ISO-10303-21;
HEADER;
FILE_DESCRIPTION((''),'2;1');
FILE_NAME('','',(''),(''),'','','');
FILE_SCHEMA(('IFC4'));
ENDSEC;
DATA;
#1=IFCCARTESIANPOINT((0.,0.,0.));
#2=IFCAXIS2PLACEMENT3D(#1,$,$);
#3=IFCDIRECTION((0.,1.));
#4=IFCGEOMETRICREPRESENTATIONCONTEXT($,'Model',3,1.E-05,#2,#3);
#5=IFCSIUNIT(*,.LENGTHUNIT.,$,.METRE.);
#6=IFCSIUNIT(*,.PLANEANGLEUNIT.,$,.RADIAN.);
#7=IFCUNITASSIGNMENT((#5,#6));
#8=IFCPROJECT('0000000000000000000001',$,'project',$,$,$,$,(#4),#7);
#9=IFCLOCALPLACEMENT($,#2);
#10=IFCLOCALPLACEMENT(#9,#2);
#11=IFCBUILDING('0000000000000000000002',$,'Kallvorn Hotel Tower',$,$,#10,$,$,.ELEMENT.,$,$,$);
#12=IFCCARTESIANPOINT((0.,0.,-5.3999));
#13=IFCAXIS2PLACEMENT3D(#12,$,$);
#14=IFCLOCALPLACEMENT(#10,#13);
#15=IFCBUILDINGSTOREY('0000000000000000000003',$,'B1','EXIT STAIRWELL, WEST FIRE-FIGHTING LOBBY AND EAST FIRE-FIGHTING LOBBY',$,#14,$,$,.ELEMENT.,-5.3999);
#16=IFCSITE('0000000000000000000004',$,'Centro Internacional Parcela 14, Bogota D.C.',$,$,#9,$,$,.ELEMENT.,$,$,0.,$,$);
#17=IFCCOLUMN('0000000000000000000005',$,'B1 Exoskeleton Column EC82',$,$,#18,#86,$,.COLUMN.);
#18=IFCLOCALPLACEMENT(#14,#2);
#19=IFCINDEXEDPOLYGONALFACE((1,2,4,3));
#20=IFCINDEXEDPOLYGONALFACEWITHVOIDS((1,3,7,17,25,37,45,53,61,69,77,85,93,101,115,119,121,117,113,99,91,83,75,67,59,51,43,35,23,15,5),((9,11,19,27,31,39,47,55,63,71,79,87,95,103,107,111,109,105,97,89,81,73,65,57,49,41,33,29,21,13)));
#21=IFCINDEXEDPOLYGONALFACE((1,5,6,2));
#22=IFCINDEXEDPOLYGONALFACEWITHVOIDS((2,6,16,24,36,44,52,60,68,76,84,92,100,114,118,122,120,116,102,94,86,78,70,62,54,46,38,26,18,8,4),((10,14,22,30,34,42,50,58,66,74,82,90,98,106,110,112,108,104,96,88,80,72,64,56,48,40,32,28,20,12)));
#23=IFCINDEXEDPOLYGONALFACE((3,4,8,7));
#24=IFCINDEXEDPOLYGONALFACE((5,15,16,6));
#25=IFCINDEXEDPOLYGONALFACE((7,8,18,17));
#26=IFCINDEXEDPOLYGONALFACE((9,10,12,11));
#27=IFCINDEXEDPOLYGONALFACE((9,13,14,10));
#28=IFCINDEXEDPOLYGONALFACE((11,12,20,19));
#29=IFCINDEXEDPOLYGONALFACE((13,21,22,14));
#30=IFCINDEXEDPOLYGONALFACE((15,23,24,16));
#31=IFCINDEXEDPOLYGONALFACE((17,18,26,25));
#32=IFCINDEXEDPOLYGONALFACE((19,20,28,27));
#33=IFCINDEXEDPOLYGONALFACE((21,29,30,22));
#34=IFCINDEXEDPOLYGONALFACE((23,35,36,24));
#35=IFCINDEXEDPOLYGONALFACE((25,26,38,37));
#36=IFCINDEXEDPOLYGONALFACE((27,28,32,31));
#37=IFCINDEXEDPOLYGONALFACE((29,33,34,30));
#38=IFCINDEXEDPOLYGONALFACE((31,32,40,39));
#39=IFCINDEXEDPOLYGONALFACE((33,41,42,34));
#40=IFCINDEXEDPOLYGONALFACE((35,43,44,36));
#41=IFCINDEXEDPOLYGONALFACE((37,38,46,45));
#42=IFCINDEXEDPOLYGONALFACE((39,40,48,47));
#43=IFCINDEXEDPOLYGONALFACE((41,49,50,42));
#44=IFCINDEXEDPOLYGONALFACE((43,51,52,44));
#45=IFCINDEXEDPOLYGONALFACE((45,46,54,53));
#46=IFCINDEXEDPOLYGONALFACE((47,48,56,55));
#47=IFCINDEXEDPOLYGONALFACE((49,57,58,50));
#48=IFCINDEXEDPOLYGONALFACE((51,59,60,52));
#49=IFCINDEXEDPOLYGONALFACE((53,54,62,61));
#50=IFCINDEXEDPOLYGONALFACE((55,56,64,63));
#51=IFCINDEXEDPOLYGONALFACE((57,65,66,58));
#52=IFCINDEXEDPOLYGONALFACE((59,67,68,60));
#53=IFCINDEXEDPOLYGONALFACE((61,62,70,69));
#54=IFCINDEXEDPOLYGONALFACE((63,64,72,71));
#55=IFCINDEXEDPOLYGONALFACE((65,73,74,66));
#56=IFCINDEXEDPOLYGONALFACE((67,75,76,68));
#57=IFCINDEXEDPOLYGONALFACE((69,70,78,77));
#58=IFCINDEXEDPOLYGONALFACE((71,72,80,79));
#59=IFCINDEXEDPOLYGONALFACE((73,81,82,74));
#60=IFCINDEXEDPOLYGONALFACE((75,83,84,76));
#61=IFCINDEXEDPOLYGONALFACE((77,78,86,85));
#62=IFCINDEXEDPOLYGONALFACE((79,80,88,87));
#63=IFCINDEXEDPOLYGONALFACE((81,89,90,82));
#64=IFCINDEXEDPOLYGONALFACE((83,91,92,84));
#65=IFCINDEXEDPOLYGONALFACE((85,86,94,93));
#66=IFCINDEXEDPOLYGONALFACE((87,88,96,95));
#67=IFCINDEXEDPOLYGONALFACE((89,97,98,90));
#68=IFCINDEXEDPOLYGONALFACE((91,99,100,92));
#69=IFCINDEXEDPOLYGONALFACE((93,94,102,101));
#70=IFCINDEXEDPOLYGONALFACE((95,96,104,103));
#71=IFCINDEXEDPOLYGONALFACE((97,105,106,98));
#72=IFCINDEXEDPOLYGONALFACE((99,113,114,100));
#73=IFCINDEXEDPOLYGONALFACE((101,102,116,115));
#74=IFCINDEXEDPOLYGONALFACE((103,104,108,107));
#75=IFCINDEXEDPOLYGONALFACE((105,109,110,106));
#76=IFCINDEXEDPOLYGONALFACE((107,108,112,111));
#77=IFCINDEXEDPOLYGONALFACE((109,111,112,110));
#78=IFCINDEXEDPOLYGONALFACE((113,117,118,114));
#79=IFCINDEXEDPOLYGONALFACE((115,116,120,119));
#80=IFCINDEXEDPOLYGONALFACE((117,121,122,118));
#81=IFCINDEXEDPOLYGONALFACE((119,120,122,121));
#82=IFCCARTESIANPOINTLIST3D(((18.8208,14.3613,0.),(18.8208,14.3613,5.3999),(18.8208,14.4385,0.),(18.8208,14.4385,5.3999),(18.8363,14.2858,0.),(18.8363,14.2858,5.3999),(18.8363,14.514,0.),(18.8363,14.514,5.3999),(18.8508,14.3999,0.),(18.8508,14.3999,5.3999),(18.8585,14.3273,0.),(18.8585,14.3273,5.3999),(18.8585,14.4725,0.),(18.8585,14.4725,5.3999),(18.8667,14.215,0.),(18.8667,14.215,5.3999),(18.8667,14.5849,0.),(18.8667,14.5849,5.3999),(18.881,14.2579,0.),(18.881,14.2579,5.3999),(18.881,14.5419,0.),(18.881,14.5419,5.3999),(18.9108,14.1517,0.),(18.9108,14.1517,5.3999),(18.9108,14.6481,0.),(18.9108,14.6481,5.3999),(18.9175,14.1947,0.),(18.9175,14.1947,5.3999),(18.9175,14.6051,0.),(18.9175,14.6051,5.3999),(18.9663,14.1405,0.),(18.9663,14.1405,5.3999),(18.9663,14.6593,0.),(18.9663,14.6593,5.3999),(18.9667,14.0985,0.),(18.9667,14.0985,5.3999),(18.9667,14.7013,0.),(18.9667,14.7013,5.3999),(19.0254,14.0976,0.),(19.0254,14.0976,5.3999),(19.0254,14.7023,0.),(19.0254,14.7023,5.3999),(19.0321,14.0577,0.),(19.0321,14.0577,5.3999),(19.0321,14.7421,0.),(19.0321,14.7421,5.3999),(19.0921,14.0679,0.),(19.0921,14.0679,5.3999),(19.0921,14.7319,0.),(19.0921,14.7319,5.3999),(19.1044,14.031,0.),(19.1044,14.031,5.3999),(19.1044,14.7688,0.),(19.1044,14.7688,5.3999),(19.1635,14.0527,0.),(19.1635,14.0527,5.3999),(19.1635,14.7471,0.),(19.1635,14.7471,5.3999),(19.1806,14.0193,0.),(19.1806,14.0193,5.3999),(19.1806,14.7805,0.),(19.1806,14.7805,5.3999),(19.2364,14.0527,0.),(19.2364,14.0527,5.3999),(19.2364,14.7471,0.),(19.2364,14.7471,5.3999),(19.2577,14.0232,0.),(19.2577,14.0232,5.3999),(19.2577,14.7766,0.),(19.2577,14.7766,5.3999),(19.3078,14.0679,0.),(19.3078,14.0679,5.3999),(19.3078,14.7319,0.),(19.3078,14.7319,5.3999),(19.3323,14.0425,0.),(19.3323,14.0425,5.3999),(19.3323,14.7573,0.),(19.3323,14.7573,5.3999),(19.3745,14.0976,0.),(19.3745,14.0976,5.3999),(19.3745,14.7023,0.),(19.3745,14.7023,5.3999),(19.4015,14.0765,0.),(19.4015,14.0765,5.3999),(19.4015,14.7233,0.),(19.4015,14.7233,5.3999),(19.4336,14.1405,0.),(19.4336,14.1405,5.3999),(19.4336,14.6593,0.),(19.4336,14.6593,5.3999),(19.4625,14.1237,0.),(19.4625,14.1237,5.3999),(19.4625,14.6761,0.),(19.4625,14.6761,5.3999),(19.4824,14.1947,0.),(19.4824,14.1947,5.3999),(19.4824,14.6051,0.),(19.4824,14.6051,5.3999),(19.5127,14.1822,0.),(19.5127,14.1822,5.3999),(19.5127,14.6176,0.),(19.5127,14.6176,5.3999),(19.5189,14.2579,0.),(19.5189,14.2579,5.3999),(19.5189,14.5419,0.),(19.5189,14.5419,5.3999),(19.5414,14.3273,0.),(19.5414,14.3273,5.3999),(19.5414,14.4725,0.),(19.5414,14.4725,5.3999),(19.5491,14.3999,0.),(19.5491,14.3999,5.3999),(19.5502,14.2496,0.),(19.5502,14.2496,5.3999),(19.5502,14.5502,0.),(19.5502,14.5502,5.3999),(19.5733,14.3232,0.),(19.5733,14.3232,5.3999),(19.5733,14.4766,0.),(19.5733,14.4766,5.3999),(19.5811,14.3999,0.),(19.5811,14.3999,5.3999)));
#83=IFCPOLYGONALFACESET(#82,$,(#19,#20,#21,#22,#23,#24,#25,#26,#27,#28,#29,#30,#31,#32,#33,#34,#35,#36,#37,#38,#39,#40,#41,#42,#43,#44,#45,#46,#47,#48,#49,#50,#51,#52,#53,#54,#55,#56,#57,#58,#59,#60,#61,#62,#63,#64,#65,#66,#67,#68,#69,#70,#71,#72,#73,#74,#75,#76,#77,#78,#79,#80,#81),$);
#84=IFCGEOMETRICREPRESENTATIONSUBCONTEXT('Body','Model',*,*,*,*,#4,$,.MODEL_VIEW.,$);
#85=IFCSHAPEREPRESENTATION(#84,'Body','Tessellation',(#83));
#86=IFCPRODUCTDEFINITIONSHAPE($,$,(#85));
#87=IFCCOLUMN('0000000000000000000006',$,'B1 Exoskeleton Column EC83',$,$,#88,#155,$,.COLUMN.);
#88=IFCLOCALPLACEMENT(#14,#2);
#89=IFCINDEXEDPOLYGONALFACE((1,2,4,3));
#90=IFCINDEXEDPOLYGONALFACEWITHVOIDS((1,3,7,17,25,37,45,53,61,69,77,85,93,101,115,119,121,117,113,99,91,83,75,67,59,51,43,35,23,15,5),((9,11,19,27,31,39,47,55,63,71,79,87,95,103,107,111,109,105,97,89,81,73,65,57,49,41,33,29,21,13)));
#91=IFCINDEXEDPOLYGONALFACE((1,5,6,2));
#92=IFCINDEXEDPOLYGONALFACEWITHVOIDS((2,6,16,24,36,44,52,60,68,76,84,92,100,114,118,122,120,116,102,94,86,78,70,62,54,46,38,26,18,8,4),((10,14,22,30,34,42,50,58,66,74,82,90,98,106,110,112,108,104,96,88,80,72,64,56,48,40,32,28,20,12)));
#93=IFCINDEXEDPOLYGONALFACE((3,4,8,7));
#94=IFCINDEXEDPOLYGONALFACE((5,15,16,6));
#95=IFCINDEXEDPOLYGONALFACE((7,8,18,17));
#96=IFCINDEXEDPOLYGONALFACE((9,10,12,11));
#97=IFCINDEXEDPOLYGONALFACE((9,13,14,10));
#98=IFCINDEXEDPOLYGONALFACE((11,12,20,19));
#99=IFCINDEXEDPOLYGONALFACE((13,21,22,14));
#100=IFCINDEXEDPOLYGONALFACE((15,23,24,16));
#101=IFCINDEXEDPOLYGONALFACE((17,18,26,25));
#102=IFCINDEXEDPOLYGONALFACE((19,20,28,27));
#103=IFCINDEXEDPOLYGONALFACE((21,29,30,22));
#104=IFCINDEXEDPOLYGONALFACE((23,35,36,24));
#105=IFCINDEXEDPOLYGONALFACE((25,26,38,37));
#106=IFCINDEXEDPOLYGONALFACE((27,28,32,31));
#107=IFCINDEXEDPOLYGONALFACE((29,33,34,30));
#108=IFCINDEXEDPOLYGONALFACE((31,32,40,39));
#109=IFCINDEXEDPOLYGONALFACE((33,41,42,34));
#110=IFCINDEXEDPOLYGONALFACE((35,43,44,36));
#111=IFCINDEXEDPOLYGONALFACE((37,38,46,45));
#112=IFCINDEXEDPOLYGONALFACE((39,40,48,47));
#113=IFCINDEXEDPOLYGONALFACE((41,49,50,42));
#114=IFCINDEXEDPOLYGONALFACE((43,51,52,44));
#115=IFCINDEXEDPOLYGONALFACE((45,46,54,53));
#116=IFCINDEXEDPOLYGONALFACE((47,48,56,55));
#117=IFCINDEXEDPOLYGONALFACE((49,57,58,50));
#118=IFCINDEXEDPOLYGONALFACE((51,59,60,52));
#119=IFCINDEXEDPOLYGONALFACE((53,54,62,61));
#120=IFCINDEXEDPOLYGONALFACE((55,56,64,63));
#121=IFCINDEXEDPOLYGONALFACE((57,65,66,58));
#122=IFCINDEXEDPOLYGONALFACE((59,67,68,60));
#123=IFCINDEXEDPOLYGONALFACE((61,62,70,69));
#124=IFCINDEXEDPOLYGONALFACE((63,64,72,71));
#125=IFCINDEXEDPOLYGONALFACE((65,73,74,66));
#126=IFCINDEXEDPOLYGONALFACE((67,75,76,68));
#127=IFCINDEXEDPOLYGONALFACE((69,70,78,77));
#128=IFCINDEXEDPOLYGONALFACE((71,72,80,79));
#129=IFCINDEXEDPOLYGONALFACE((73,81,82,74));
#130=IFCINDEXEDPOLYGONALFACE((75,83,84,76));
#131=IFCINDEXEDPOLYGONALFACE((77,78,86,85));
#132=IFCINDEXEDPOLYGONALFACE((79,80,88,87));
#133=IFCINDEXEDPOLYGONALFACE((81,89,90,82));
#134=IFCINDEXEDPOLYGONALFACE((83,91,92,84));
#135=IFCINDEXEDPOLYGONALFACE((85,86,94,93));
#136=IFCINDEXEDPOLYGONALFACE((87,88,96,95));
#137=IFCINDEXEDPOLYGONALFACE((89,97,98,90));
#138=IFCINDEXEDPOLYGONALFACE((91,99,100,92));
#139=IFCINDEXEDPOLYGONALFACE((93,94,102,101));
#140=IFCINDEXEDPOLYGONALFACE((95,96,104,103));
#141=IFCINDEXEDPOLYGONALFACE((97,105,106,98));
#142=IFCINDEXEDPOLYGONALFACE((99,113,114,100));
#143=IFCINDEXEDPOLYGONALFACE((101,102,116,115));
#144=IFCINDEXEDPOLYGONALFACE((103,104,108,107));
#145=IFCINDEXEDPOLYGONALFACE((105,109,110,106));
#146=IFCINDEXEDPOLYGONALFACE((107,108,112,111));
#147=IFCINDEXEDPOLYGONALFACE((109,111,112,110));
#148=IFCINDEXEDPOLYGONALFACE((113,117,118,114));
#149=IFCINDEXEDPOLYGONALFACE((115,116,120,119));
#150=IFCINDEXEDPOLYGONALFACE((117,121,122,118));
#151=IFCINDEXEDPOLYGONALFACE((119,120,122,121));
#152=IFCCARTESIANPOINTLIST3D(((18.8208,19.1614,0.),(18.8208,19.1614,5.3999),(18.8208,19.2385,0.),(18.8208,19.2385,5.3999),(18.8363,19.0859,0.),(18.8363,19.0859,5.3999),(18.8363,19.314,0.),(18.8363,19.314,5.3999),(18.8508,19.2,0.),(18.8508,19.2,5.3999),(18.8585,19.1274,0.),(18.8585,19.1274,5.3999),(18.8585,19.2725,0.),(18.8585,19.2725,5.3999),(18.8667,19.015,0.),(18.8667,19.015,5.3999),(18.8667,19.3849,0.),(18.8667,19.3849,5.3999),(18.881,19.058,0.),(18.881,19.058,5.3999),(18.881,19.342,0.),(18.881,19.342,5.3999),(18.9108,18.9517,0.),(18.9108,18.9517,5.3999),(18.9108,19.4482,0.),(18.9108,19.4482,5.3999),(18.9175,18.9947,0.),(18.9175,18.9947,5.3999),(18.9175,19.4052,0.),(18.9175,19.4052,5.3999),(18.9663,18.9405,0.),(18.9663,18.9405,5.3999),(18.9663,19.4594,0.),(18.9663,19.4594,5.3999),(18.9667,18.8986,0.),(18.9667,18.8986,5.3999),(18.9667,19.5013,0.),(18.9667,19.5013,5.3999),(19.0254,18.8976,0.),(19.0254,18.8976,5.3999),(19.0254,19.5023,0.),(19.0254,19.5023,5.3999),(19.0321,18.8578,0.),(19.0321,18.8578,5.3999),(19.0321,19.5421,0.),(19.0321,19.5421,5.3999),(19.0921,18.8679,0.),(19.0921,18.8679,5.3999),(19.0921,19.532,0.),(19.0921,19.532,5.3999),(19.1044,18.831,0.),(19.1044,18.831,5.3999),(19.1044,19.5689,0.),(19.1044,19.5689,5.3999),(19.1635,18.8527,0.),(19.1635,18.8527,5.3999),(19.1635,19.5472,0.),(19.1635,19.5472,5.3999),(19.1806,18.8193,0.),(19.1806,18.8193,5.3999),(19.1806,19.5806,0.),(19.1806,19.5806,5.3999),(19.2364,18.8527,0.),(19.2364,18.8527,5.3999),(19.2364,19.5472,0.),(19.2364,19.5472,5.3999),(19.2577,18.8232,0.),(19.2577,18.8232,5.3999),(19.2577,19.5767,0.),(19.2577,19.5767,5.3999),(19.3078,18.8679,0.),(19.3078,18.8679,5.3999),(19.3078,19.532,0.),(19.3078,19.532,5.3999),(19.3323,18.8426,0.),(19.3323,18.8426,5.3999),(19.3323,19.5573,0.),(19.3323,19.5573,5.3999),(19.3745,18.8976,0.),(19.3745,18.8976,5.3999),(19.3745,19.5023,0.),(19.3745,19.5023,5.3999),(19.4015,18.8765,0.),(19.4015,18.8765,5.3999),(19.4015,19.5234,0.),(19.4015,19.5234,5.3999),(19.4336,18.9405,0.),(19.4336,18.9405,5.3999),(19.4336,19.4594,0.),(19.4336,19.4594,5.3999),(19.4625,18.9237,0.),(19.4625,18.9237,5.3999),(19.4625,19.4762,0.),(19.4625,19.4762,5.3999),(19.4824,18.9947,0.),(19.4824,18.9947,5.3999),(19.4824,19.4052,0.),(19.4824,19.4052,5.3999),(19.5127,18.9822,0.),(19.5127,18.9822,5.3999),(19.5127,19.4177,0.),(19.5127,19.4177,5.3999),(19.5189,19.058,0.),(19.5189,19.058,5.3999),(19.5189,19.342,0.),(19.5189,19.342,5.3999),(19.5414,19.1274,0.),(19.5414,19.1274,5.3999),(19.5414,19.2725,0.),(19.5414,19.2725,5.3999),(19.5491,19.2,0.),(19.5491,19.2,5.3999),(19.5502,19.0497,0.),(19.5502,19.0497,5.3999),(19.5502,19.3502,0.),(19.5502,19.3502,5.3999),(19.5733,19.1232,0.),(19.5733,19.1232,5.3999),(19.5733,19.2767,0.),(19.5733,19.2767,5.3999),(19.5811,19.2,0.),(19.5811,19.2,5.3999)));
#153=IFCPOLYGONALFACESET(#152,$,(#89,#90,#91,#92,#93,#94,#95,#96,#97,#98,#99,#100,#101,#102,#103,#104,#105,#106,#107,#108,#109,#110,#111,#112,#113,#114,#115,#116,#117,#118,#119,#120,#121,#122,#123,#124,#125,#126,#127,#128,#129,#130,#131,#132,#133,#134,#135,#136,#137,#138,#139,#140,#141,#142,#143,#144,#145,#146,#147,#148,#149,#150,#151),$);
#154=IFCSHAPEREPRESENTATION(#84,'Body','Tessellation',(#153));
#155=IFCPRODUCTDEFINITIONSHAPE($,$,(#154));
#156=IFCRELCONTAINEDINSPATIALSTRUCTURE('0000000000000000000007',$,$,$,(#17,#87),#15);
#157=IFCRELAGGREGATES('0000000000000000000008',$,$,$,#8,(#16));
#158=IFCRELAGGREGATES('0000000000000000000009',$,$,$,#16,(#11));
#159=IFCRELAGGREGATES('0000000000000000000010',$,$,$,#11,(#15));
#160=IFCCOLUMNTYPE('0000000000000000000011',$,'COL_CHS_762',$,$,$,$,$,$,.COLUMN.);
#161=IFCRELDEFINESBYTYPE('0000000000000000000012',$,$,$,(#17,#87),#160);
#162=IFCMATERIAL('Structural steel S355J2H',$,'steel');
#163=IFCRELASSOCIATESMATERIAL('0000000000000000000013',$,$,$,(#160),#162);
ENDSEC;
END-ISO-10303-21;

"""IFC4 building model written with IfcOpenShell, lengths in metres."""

from ifc_helpers import new_model, si_unit, direction, frame, origin, origin_2d, place, context, subcontext, project, spatial, hollow_circle, extrude, material, material_profile, profile_set, type_object, element, save


model = new_model("IFC4")

# Units and contexts
model_context = context("Model", 3, precision=1e-05, world=origin(), true_north=direction((0.0, 1.0)))
body_context = subcontext(model_context, "Body", "Model", "MODEL_VIEW")
ifc_project = project(units=[si_unit("LENGTHUNIT", "METRE"), si_unit("PLANEANGLEUNIT", "RADIAN")], contexts=[model_context])

# Site, building, storey
site_placement = place(None, origin())
site = spatial("IfcSite", under=ifc_project, at=site_placement, Name="Centro Internacional Parcela 14, Bogota D.C.", CompositionType="ELEMENT", RefElevation=0.0)
building_placement = place(site_placement, origin())
building = spatial("IfcBuilding", under=site, at=building_placement, Name="Kallvorn Hotel Tower", CompositionType="ELEMENT")
storey_placement = place(building_placement, frame((0.0, 0.0, -5.3999)))
storey = spatial("IfcBuildingStorey", under=building, at=storey_placement, Name="B1", Description="EXIT STAIRWELL, WEST FIRE-FIGHTING LOBBY AND EAST FIRE-FIGHTING LOBBY", CompositionType="ELEMENT", Elevation=-5.3999)

# Columns
ifc_material_1 = material(Name="Structural steel S355J2H", Category="steel")
ifc_material_profile_1 = material_profile(ifc_material_1, hollow_circle(Radius=0.3811, WallThickness=0.032, at=origin_2d()), Name="CHS 762x32")
ifc_profile_set_1 = profile_set([ifc_material_profile_1], Name="Structural steel S355J2H")
column_type_1 = type_object("IfcColumnType", Name="COL_CHS_762", PredefinedType="COLUMN", material=ifc_profile_set_1)
for number, where, z_axis, x_axis, name in (
    (1, (19.2, 14.3999, 0.0), (0.0, 0.0, 1.0), (1.0, 0.0, 0.0), "B1 Exoskeleton Column EC82"),
    (2, (19.2, 19.2, 0.0), (0.0, 0.0, 1.0), (1.0, 0.0, 0.0), "B1 Exoskeleton Column EC83"),
):
    element("IfcColumn", number, at=place(storey_placement, frame(where, z_axis=z_axis, x_axis=x_axis)), inside=storey, type_object=column_type_1, Name=name, PredefinedType="COLUMN", context=body_context, shape_type="SweptSolid", body=[
        extrude(hollow_circle(Radius=0.3811, WallThickness=0.032, at=origin_2d()), origin(), (0.0, 0.0, 1.0), 5.3999),
    ])

save(model, "model.ifc")
